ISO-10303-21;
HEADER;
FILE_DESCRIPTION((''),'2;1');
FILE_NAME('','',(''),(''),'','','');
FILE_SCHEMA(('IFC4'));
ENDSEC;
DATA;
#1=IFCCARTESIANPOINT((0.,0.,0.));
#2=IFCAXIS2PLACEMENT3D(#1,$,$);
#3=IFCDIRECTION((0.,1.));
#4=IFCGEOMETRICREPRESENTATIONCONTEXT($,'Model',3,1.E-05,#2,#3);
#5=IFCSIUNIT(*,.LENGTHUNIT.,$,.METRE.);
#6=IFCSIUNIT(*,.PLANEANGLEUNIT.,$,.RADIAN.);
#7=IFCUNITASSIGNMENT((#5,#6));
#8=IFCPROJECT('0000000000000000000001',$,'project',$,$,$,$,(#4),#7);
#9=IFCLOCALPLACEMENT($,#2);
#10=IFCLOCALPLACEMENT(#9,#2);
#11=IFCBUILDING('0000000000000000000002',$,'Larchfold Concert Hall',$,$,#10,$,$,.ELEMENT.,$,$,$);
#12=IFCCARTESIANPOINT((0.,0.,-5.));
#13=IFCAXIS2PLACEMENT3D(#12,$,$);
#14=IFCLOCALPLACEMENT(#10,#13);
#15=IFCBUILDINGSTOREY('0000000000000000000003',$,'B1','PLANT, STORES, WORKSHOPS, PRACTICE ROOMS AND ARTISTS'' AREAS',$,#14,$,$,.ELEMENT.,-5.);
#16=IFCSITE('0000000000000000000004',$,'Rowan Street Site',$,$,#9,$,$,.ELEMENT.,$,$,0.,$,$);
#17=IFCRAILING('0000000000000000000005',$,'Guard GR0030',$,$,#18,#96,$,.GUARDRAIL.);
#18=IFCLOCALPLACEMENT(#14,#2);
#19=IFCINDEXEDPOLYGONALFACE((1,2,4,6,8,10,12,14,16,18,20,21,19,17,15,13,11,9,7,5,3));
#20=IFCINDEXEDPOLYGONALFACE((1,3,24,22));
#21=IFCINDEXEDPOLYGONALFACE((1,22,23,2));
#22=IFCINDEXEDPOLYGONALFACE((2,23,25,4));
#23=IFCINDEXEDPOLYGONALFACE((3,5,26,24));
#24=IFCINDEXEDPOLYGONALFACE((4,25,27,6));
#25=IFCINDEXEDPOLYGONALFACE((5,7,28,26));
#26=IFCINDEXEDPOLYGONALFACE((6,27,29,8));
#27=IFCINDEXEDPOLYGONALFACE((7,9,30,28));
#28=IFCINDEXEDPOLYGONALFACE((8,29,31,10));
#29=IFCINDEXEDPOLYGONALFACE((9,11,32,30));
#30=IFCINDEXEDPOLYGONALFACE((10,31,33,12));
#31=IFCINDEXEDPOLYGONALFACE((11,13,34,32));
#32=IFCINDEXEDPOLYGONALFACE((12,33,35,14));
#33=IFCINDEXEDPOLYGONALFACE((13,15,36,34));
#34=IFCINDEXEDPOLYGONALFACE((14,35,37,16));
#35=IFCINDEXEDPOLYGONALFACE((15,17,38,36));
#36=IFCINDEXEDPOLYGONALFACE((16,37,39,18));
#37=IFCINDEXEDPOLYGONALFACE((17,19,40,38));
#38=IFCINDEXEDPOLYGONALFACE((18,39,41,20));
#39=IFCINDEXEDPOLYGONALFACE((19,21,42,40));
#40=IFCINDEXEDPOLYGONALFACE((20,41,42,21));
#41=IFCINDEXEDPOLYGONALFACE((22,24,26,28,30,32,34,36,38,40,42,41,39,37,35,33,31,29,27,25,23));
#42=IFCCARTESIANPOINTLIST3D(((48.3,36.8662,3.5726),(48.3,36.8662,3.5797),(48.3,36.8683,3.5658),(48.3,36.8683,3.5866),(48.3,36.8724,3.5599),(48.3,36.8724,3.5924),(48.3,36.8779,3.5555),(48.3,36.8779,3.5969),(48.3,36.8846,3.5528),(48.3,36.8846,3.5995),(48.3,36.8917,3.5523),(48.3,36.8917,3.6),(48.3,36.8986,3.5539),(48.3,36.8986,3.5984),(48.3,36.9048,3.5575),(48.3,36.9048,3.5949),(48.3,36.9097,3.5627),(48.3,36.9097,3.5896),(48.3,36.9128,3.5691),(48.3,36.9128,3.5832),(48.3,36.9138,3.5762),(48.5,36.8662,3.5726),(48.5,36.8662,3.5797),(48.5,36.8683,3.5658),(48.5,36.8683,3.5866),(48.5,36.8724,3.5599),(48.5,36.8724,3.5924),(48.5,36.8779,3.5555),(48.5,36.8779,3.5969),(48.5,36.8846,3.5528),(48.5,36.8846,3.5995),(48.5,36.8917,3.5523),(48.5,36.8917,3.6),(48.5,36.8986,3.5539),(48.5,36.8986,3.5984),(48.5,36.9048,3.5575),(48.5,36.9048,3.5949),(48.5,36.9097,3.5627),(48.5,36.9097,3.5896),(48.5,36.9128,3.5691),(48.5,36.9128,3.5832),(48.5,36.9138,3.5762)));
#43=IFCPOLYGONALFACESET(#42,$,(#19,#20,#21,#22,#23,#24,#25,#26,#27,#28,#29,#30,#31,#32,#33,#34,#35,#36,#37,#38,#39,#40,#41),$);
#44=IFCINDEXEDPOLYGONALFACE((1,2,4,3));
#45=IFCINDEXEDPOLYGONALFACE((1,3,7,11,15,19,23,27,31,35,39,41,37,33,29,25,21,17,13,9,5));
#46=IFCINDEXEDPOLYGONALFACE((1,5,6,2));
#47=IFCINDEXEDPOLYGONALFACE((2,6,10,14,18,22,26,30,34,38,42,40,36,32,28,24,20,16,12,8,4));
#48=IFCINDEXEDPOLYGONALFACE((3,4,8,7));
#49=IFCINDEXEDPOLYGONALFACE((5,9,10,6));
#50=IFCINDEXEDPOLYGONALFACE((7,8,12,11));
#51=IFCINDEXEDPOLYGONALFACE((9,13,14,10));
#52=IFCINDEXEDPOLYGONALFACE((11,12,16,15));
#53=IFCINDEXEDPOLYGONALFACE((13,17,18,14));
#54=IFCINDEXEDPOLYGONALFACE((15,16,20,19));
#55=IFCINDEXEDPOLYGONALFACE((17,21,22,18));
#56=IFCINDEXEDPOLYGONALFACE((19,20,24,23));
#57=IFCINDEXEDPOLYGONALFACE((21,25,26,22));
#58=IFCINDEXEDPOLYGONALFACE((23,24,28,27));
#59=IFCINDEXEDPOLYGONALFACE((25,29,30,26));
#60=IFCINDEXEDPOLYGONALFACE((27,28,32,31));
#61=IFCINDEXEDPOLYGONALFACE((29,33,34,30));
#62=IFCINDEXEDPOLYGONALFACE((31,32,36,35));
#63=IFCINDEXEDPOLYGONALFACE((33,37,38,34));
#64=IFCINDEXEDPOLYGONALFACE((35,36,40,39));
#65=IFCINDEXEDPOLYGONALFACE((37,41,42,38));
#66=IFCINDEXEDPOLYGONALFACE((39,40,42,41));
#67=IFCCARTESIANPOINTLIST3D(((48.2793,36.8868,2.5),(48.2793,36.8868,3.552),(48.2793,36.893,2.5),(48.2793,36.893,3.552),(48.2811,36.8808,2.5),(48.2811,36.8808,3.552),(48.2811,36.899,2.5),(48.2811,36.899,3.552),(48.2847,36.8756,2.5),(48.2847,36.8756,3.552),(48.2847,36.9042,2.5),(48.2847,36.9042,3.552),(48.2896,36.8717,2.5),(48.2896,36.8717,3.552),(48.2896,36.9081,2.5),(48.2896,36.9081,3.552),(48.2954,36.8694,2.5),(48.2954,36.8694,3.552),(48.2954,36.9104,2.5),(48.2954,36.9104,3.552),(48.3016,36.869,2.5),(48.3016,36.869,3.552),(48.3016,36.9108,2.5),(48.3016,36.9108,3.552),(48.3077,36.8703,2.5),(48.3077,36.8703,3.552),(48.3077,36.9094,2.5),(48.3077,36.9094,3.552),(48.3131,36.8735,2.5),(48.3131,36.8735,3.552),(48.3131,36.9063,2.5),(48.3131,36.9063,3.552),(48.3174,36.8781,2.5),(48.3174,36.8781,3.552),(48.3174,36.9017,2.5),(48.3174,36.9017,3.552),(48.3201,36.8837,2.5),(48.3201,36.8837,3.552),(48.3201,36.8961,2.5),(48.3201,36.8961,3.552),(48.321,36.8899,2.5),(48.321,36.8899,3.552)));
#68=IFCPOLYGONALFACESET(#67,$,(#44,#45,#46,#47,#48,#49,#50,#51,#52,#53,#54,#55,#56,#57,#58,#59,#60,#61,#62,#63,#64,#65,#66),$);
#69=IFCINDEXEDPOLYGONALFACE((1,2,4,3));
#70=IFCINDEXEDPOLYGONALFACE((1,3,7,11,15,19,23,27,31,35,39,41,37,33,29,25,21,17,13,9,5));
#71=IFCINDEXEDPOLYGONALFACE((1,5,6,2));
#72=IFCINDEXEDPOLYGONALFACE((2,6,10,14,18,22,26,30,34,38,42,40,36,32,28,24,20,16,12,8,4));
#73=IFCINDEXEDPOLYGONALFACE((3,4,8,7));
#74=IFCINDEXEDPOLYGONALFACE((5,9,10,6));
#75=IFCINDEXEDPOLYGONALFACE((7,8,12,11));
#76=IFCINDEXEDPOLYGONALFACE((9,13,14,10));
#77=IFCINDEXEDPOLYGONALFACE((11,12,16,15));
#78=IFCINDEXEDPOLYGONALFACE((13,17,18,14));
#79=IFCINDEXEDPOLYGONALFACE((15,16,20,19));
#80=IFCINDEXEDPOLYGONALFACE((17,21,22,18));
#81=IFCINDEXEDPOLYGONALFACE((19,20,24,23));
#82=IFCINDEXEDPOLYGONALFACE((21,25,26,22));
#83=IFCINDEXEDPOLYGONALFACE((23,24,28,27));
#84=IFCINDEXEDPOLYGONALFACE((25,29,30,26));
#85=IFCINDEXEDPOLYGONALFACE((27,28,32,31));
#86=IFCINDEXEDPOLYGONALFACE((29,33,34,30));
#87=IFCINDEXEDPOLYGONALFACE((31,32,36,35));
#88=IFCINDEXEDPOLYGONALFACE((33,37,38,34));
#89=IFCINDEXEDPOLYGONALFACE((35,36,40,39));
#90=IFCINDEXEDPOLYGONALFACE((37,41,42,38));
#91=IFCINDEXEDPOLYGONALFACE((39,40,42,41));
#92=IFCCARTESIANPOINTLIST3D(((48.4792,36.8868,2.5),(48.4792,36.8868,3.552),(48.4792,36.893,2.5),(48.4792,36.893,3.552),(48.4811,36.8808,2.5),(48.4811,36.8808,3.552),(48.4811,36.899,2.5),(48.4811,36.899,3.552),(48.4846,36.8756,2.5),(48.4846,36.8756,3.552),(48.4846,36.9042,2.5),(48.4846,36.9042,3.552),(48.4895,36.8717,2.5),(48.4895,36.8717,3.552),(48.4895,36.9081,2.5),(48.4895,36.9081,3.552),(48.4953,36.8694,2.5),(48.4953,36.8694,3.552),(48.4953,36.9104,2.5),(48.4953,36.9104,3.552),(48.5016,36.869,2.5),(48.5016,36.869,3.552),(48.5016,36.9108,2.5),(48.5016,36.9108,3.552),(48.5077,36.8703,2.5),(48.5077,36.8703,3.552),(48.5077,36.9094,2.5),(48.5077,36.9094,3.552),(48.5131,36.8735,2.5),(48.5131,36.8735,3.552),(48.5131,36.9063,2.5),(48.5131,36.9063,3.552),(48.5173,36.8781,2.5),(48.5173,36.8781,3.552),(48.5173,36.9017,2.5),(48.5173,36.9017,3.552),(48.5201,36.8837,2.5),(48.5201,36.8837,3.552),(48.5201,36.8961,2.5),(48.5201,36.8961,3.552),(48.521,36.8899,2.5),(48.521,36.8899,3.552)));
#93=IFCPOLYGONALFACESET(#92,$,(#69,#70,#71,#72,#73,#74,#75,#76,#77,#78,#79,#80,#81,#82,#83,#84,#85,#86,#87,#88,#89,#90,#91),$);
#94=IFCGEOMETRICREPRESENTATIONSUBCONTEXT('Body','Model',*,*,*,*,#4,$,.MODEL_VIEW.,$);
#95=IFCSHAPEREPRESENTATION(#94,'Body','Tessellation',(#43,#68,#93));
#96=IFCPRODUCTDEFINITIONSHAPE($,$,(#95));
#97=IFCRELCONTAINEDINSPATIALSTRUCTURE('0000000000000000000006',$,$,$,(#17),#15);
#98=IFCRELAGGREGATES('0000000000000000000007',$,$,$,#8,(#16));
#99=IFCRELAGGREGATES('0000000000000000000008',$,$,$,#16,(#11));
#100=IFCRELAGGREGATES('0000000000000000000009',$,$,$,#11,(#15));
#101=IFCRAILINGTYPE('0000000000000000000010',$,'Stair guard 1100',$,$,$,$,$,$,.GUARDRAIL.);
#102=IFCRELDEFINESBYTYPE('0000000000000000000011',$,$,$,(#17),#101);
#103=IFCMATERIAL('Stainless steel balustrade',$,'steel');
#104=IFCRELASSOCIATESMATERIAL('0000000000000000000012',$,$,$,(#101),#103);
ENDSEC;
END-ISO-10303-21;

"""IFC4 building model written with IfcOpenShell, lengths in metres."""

from ifc_helpers import new_model, si_unit, direction, frame, origin, origin_2d, place, context, subcontext, project, spatial, circle, extrude, material, type_object, element, save


model = new_model("IFC4")

# Units and contexts
model_context = context("Model", 3, precision=1e-05, world=origin(), true_north=direction((0.0, 1.0)))
body_context = subcontext(model_context, "Body", "Model", "MODEL_VIEW")
ifc_project = project(units=[si_unit("LENGTHUNIT", "METRE"), si_unit("PLANEANGLEUNIT", "RADIAN")], contexts=[model_context])

# Site, building, storey
site_placement = place(None, origin())
site = spatial("IfcSite", under=ifc_project, at=site_placement, Name="Rowan Street Site", CompositionType="ELEMENT", RefElevation=0.0)
building_placement = place(site_placement, origin())
building = spatial("IfcBuilding", under=site, at=building_placement, Name="Larchfold Concert Hall", CompositionType="ELEMENT")
storey_placement = place(building_placement, frame((0.0, 0.0, -5.0)))
storey = spatial("IfcBuildingStorey", under=building, at=storey_placement, Name="B1", Description="PLANT, STORES, WORKSHOPS, PRACTICE ROOMS AND ARTISTS' AREAS", CompositionType="ELEMENT", Elevation=-5.0)

# Railing
ifc_material_1 = material(Name="Stainless steel balustrade", Category="steel")
railing_type_1 = type_object("IfcRailingType", Name="Stair guard 1100", PredefinedType="GUARDRAIL", material=ifc_material_1)
railing_1_placement = place(storey_placement, frame((48.3, 36.8899, 2.5)))
element("IfcRailing", 1, at=railing_1_placement, inside=storey, type_object=railing_type_1, Name="Guard GR0030", PredefinedType="GUARDRAIL", context=body_context, shape_type="SweptSolid", body=[
    extrude(circle(Radius=0.0239, at=origin_2d()), frame((0.0, 0.0, 1.0762), z_axis=(1.0, 0.0, 0.0), x_axis=(0.0, 1.0, 0.0)), (0.0, 0.0, 1.0), 0.2),
    extrude(circle(Radius=0.021, at=origin_2d()), origin(), (0.0, 0.0, 1.0), 1.052),
    extrude(circle(Radius=0.021, at=origin_2d()), frame((0.2, 0.0, 0.0)), (0.0, 0.0, 1.0), 1.052),
])

save(model, "model.ifc")
